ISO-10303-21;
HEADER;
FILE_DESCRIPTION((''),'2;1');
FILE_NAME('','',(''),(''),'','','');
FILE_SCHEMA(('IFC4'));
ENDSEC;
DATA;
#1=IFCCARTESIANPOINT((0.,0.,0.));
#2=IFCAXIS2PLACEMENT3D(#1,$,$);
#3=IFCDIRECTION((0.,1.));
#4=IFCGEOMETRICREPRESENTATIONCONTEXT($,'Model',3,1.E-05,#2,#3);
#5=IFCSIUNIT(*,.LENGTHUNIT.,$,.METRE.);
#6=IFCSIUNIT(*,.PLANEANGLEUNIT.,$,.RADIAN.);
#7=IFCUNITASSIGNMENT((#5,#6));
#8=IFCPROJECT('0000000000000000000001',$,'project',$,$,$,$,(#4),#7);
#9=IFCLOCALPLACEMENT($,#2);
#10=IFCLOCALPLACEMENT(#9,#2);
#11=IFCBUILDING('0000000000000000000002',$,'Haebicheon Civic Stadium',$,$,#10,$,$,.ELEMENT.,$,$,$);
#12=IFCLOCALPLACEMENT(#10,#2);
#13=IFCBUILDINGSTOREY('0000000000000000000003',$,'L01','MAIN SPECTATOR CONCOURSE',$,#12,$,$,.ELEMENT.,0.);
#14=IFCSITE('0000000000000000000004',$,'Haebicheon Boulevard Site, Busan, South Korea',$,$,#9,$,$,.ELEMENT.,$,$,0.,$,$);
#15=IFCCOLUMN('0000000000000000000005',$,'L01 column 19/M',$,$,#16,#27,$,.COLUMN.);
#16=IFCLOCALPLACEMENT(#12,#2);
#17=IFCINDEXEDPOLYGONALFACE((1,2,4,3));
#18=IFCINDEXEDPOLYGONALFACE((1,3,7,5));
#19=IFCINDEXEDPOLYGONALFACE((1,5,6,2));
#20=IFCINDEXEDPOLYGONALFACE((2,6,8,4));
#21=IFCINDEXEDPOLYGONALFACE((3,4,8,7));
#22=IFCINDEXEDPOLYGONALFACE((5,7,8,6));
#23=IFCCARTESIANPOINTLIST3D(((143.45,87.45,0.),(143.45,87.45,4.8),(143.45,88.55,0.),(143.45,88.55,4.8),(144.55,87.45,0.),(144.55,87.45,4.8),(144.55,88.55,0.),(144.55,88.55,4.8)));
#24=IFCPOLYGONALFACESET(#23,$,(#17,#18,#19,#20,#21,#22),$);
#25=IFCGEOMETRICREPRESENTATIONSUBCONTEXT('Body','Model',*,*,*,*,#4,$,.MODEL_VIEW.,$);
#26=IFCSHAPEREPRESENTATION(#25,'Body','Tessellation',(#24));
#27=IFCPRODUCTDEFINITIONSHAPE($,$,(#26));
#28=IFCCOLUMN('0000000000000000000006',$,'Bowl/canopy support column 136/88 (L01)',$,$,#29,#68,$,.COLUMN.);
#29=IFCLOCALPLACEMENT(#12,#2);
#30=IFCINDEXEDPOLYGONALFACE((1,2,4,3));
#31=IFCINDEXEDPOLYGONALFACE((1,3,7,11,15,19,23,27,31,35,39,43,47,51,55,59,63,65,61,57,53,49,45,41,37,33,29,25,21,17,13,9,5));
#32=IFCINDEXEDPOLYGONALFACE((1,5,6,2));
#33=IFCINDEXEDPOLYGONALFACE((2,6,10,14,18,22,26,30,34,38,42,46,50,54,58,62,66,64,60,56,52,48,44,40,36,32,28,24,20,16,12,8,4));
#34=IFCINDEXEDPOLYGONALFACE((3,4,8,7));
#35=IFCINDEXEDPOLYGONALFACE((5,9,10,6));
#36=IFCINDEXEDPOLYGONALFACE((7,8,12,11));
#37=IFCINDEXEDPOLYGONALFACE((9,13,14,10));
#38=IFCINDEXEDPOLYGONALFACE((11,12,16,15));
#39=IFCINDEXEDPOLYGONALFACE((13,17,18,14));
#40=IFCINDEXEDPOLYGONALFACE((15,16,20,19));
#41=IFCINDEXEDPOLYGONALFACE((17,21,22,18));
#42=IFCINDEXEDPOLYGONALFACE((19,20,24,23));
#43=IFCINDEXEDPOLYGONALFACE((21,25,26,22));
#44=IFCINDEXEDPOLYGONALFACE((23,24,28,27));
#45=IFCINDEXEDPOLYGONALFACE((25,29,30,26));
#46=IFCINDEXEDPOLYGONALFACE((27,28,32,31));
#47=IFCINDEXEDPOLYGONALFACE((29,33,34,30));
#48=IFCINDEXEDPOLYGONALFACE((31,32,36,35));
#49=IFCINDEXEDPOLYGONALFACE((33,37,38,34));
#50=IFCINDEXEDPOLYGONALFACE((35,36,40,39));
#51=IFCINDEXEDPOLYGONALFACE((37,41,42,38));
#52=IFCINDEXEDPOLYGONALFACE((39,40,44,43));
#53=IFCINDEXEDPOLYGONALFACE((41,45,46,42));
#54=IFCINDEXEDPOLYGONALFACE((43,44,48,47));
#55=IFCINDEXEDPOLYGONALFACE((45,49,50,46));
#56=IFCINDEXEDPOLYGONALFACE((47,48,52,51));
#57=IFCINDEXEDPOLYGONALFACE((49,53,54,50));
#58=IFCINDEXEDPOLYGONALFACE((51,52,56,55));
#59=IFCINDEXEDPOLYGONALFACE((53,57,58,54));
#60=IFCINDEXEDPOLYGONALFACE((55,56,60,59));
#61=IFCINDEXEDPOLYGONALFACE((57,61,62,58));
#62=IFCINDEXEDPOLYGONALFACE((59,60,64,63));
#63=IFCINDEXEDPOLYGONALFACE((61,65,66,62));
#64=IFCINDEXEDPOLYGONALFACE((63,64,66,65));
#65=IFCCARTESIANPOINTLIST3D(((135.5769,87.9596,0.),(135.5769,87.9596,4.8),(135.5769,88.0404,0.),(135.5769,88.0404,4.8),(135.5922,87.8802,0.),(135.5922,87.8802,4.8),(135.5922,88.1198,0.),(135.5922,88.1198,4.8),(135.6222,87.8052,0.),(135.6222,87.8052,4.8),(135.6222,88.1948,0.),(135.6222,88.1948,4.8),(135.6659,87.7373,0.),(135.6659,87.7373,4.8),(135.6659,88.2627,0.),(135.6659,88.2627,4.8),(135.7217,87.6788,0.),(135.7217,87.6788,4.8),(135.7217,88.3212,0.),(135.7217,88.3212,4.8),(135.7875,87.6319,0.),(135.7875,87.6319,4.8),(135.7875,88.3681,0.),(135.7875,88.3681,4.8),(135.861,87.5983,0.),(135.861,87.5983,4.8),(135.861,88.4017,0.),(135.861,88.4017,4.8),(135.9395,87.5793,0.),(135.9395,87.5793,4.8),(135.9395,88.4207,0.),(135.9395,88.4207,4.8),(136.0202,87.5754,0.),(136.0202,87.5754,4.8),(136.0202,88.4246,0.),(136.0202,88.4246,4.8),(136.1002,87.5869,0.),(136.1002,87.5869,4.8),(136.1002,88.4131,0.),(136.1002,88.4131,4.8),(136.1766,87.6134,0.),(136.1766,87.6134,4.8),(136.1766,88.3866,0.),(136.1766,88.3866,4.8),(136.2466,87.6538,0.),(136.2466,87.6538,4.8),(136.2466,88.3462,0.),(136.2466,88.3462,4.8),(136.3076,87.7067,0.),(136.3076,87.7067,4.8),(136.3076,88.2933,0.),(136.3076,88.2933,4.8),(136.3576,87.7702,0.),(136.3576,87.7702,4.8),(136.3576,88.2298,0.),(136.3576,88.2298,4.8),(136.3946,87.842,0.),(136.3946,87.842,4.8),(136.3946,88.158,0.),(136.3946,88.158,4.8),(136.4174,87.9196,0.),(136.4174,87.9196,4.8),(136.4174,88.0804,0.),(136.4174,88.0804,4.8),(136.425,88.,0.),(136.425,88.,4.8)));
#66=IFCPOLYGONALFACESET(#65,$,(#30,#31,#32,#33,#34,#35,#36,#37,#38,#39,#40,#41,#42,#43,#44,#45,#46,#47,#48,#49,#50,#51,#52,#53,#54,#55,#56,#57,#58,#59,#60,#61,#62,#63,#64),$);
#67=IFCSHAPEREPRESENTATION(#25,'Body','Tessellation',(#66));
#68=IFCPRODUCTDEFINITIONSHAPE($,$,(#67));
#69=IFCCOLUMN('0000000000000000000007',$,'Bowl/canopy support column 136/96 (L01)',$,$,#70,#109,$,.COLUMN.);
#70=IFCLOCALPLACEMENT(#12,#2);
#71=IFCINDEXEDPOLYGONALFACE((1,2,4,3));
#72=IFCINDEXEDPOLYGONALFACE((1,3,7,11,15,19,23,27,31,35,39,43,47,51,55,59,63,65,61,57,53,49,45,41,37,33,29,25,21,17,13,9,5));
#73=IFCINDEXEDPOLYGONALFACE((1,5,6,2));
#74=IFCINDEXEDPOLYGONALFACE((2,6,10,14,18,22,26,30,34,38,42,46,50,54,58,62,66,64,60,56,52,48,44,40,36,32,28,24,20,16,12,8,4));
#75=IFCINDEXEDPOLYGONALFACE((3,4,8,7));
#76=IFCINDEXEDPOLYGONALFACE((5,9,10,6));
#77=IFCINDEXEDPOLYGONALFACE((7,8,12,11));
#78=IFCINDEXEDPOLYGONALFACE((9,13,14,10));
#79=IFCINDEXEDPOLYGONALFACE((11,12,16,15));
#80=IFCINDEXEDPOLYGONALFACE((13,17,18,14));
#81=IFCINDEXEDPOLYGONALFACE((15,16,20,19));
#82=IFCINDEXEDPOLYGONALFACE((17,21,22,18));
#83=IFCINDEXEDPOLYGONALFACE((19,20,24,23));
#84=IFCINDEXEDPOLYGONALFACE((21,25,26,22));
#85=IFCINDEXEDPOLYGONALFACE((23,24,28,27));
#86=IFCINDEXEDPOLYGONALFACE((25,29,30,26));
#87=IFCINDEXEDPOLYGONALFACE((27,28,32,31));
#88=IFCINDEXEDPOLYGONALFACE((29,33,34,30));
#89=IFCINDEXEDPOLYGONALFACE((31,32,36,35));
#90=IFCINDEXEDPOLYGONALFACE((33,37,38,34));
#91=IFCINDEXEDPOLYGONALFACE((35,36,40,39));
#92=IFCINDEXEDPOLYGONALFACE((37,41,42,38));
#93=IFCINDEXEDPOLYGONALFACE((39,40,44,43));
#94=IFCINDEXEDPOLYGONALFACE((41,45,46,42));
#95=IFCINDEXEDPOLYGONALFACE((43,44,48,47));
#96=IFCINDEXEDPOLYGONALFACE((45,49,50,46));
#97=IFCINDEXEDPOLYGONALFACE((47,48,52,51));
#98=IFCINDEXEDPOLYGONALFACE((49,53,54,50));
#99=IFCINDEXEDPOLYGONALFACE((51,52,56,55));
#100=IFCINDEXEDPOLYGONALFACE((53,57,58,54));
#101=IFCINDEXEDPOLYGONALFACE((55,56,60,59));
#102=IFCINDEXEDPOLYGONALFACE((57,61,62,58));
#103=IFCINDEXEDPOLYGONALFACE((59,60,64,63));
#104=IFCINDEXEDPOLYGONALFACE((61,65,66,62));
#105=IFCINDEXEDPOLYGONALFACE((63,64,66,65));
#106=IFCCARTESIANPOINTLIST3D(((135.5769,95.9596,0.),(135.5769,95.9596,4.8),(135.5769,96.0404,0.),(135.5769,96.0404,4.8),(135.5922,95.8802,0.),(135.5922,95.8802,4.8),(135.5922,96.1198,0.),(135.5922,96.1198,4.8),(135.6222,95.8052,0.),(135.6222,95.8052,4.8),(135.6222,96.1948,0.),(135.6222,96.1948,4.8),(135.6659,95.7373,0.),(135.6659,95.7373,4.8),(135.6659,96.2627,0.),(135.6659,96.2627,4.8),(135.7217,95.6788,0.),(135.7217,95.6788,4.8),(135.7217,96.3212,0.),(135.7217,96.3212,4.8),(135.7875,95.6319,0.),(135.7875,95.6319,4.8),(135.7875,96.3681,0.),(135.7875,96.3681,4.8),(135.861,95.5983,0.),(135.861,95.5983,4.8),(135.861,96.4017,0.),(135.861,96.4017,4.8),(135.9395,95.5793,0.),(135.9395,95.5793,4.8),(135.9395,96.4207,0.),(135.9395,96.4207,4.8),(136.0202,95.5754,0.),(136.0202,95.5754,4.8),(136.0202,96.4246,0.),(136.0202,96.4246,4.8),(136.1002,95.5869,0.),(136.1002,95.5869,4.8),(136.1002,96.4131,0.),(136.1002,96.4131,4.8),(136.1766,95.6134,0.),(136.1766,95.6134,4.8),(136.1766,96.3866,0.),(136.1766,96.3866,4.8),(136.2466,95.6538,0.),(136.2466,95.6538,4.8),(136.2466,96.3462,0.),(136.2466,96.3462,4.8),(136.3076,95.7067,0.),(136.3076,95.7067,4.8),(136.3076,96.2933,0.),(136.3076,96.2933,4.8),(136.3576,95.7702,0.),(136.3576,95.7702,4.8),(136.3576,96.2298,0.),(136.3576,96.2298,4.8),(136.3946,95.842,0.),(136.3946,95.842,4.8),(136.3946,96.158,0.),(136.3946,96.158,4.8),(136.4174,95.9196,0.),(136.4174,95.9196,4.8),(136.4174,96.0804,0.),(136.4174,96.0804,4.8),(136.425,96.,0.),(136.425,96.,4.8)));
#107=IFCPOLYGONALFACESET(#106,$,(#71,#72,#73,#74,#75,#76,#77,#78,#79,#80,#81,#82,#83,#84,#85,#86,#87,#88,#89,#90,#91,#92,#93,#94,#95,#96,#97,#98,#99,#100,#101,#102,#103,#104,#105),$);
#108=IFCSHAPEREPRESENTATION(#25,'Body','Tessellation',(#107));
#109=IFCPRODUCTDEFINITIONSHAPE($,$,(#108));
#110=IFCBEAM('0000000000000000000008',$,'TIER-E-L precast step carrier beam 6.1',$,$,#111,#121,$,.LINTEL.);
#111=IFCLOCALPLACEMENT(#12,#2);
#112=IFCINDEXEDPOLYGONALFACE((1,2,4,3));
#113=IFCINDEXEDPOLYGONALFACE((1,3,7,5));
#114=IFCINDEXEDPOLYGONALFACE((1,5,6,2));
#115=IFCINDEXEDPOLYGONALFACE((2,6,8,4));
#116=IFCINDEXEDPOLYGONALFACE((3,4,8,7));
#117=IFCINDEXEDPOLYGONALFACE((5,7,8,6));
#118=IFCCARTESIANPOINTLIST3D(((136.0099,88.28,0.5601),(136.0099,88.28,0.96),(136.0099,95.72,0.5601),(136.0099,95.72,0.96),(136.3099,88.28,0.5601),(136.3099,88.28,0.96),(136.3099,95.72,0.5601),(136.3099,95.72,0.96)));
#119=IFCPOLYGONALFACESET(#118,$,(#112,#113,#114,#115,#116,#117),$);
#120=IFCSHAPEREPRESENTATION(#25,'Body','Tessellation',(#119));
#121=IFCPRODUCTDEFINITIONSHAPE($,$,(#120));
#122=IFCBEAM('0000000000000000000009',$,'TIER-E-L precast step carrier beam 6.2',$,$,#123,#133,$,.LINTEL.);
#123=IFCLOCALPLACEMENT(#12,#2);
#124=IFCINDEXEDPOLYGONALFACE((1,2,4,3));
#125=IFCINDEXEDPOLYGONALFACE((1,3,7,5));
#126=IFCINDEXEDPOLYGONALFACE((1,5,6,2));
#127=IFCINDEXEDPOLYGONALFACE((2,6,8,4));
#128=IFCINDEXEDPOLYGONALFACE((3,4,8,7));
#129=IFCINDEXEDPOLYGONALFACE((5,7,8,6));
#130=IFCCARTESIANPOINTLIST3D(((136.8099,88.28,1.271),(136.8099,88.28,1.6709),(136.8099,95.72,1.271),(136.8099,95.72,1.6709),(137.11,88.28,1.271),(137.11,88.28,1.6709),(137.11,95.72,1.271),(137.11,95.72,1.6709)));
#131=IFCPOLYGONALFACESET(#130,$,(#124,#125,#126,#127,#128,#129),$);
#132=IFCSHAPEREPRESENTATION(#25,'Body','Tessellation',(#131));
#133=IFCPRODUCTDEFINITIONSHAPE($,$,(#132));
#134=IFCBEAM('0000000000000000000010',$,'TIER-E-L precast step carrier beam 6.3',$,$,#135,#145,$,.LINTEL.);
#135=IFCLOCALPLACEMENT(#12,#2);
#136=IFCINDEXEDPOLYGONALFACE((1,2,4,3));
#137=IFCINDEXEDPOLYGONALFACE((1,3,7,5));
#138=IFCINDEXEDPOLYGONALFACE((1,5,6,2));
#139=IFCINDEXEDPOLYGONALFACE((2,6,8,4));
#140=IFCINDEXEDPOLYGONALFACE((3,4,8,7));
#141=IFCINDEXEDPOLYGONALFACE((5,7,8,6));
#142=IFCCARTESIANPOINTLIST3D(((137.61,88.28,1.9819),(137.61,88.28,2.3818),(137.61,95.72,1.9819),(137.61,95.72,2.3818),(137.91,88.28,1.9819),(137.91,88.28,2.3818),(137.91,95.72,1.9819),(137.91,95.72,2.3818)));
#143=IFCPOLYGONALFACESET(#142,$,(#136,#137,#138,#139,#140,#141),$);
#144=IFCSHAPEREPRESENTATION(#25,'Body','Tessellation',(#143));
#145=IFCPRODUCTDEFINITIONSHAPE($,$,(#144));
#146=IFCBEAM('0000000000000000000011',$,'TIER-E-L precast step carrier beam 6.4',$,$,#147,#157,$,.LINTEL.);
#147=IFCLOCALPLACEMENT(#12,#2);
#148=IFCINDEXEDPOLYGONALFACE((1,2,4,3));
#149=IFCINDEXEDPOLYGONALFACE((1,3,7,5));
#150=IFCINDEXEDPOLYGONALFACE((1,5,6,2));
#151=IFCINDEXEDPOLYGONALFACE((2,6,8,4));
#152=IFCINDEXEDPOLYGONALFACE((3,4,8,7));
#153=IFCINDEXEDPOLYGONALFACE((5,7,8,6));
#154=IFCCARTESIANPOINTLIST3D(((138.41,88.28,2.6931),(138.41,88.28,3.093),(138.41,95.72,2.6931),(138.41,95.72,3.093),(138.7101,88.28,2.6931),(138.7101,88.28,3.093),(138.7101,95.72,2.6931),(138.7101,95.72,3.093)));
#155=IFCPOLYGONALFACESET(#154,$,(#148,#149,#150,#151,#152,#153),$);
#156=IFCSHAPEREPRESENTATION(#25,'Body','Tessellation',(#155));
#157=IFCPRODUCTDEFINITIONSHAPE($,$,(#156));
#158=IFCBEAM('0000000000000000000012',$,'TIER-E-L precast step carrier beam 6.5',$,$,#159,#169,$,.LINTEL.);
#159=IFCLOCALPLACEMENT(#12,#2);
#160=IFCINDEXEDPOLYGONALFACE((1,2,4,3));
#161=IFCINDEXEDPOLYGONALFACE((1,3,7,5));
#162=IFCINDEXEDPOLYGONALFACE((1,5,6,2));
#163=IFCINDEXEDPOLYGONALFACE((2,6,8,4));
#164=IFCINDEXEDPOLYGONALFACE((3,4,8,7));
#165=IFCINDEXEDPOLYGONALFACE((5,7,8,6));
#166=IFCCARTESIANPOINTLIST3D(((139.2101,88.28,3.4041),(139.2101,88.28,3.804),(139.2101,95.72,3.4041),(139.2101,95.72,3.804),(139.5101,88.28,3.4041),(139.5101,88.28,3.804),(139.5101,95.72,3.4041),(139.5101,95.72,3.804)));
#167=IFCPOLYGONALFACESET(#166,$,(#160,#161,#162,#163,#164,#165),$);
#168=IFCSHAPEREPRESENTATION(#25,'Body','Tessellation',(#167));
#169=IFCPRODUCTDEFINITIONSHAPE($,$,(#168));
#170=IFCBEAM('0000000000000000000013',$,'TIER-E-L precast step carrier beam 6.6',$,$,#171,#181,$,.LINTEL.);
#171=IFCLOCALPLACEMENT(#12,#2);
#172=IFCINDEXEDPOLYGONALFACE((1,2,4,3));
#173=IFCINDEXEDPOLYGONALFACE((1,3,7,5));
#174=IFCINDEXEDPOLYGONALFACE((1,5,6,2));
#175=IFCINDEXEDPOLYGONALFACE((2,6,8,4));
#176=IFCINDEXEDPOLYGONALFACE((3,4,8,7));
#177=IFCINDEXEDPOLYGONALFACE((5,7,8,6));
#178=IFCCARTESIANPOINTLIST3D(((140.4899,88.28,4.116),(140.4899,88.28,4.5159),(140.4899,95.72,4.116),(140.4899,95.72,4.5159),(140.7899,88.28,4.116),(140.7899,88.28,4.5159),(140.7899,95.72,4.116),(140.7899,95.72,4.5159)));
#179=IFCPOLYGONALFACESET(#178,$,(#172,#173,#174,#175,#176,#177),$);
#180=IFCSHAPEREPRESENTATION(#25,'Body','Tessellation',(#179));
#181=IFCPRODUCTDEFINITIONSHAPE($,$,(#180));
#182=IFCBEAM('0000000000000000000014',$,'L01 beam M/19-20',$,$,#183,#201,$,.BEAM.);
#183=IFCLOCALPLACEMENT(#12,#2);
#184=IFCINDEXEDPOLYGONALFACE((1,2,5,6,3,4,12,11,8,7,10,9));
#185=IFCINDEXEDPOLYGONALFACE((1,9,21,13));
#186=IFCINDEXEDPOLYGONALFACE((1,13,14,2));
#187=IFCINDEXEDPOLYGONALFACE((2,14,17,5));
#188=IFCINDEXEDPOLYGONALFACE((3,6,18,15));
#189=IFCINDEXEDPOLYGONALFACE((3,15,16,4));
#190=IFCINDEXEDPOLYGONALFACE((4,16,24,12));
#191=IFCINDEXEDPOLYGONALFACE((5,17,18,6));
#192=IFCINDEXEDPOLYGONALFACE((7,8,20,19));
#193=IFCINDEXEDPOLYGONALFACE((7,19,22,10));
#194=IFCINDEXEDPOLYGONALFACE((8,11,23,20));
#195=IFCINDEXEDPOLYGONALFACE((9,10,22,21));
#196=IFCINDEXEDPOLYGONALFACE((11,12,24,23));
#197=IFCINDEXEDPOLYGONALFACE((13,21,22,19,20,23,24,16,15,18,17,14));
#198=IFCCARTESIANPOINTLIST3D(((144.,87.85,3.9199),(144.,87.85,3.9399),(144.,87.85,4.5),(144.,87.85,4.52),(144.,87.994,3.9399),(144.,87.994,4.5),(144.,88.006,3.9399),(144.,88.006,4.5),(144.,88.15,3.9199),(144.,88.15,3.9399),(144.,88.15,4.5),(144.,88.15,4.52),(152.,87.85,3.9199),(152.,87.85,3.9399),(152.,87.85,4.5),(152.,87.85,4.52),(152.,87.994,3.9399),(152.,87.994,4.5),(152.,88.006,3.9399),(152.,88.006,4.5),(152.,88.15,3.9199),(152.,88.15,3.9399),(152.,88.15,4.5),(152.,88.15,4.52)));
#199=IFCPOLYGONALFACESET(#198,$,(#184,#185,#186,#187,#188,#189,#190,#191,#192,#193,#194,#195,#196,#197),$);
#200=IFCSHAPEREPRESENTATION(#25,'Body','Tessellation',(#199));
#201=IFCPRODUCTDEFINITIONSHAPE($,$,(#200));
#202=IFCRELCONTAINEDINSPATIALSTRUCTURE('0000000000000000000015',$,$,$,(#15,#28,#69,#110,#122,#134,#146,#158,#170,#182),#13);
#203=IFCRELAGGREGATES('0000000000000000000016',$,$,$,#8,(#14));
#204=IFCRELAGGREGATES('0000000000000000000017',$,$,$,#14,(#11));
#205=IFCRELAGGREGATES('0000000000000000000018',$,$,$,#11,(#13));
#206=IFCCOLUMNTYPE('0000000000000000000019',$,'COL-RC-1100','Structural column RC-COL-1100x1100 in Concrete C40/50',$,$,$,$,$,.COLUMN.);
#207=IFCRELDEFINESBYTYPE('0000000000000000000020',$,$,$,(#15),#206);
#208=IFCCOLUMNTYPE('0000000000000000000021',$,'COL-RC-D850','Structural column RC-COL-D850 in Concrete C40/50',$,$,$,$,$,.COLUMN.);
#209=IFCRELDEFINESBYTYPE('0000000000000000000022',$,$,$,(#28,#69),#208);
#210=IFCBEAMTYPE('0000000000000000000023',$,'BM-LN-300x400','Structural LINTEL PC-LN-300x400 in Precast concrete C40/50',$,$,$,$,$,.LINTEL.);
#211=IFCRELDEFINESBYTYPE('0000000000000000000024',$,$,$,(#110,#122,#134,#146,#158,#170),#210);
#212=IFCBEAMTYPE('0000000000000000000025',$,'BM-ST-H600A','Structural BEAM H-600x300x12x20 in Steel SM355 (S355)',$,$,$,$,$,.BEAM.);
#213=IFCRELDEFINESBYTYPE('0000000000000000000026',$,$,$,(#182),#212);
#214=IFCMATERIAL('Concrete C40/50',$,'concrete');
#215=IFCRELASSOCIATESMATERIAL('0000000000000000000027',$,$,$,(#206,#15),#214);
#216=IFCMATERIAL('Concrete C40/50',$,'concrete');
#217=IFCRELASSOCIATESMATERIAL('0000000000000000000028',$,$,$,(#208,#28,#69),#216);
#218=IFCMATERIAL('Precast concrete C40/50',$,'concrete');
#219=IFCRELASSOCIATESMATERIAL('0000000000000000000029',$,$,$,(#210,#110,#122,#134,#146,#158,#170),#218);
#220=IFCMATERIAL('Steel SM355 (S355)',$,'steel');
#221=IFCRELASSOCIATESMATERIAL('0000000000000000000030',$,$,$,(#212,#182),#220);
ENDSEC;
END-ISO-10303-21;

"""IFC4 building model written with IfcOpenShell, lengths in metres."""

from ifc_helpers import new_model, si_unit, direction, frame, origin, origin_2d, place, context, subcontext, project, spatial, rectangle, circle, i_section, extrude, material, material_profile, profile_set, type_object, element, save


model = new_model("IFC4")

# Units and contexts
model_context = context("Model", 3, precision=1e-05, world=origin(), true_north=direction((0.0, 1.0)))
body_context = subcontext(model_context, "Body", "Model", "MODEL_VIEW")
ifc_project = project(units=[si_unit("LENGTHUNIT", "METRE"), si_unit("PLANEANGLEUNIT", "RADIAN")], contexts=[model_context])

# Site, building, storey
site_placement = place(None, origin())
site = spatial("IfcSite", under=ifc_project, at=site_placement, Name="Haebicheon Boulevard Site, Busan, South Korea", CompositionType="ELEMENT", RefElevation=0.0)
building_placement = place(site_placement, origin())
building = spatial("IfcBuilding", under=site, at=building_placement, Name="Haebicheon Civic Stadium", CompositionType="ELEMENT")
storey_placement = place(building_placement, origin())
storey = spatial("IfcBuildingStorey", under=building, at=storey_placement, Name="L01", Description="MAIN SPECTATOR CONCOURSE", CompositionType="ELEMENT", Elevation=0.0)

# Columns
ifc_material_1 = material(Name="Concrete C40/50", Category="concrete")
ifc_material_profile_1 = material_profile(ifc_material_1, rectangle(XDim=1.1001, YDim=1.1001, at=origin_2d()), Name="RC-COL-1100x1100")
ifc_profile_set_1 = profile_set([ifc_material_profile_1], Name="Concrete C40/50")
column_type_1 = type_object("IfcColumnType", Name="COL-RC-1100", Description="Structural column RC-COL-1100x1100 in Concrete C40/50", PredefinedType="COLUMN", material=ifc_profile_set_1)
column_placement = place(storey_placement, frame((144.0, 88.0, 0.0), z_axis=(0.0, 0.0, 1.0), x_axis=(1.0, 0.0, 0.0)))
element("IfcColumn", 1, at=column_placement, inside=storey, type_object=column_type_1, material=ifc_profile_set_1, Name="L01 column 19/M", PredefinedType="COLUMN", context=body_context, shape_type="SweptSolid", body=[
    extrude(rectangle(XDim=1.1001, YDim=1.1001, at=origin_2d()), origin(), (0.0, 0.0, 1.0), 4.8),
])
ifc_material_2 = material(Name="Concrete C40/50", Category="concrete")
ifc_material_profile_2 = material_profile(ifc_material_2, circle(Radius=0.425, at=origin_2d()), Name="RC-COL-D850")
ifc_profile_set_2 = profile_set([ifc_material_profile_2], Name="Concrete C40/50")
column_type_2 = type_object("IfcColumnType", Name="COL-RC-D850", Description="Structural column RC-COL-D850 in Concrete C40/50", PredefinedType="COLUMN", material=ifc_profile_set_2)
for number, where, z_axis, x_axis, name in (
    (2, (136.0, 88.0, 0.0), (0.0, 0.0, 1.0), (1.0, 0.0, 0.0), "Bowl/canopy support column 136/88 (L01)"),
    (3, (136.0, 96.0, 0.0), (0.0, 0.0, 1.0), (1.0, 0.0, 0.0), "Bowl/canopy support column 136/96 (L01)"),
):
    element("IfcColumn", number, at=place(storey_placement, frame(where, z_axis=z_axis, x_axis=x_axis)), inside=storey, type_object=column_type_2, material=ifc_profile_set_2, Name=name, PredefinedType="COLUMN", context=body_context, shape_type="SweptSolid", body=[
        extrude(circle(Radius=0.425, at=origin_2d()), origin(), (0.0, 0.0, 1.0), 4.8),
    ])

# Beams
ifc_material_3 = material(Name="Precast concrete C40/50", Category="concrete")
ifc_material_profile_3 = material_profile(ifc_material_3, rectangle(XDim=0.3, YDim=0.3999, at=origin_2d()), Name="PC-LN-300x400")
ifc_profile_set_3 = profile_set([ifc_material_profile_3], Name="Precast concrete C40/50")
beam_type_1 = type_object("IfcBeamType", Name="BM-LN-300x400", Description="Structural LINTEL PC-LN-300x400 in Precast concrete C40/50", PredefinedType="LINTEL", material=ifc_profile_set_3)
for number, where, z_axis, x_axis, name in (
    (4, (136.1599, 88.28, 0.76), (0.0, 1.0, 0.0), (-1.0, 0.0, 0.0), "TIER-E-L precast step carrier beam 6.1"),
    (5, (136.96, 88.28, 1.4709), (0.0, 1.0, 0.0), (-1.0, 0.0, 0.0), "TIER-E-L precast step carrier beam 6.2"),
    (6, (137.76, 88.28, 2.1819), (0.0, 1.0, 0.0), (-1.0, 0.0, 0.0), "TIER-E-L precast step carrier beam 6.3"),
    (7, (138.5601, 88.28, 2.8931), (0.0, 1.0, 0.0), (-1.0, 0.0, 0.0), "TIER-E-L precast step carrier beam 6.4"),
    (8, (139.3601, 88.28, 3.604), (0.0, 1.0, 0.0), (-1.0, 0.0, 0.0), "TIER-E-L precast step carrier beam 6.5"),
    (9, (140.6399, 88.28, 4.3159), (0.0, 1.0, 0.0), (-1.0, 0.0, 0.0), "TIER-E-L precast step carrier beam 6.6"),
):
    element("IfcBeam", number, at=place(storey_placement, frame(where, z_axis=z_axis, x_axis=x_axis)), inside=storey, type_object=beam_type_1, material=ifc_profile_set_3, Name=name, PredefinedType="LINTEL", context=body_context, shape_type="SweptSolid", body=[
        extrude(rectangle(XDim=0.3, YDim=0.3999, at=origin_2d()), origin(), (0.0, 0.0, 1.0), 7.4399),
    ])
ifc_material_4 = material(Name="Steel SM355 (S355)", Category="steel")
ifc_material_profile_4 = material_profile(ifc_material_4, i_section(OverallWidth=0.3, OverallDepth=0.6001, WebThickness=0.012, FlangeThickness=0.02, at=origin_2d()), Name="H-600x300x12x20")
ifc_profile_set_4 = profile_set([ifc_material_profile_4], Name="Steel SM355 (S355)")
beam_type_2 = type_object("IfcBeamType", Name="BM-ST-H600A", Description="Structural BEAM H-600x300x12x20 in Steel SM355 (S355)", PredefinedType="BEAM", material=ifc_profile_set_4)
beam_1_placement = place(storey_placement, frame((144.0, 88.0, 4.22), z_axis=(1.0, 0.0, 0.0), x_axis=(0.0, 1.0, 0.0)))
element("IfcBeam", 10, at=beam_1_placement, inside=storey, type_object=beam_type_2, material=ifc_profile_set_4, Name="L01 beam M/19-20", PredefinedType="BEAM", context=body_context, shape_type="SweptSolid", body=[
    extrude(i_section(OverallWidth=0.3, OverallDepth=0.6001, WebThickness=0.012, FlangeThickness=0.02, at=origin_2d()), origin(), (0.0, 0.0, 1.0), 8.0),
])

save(model, "model.ifc")
